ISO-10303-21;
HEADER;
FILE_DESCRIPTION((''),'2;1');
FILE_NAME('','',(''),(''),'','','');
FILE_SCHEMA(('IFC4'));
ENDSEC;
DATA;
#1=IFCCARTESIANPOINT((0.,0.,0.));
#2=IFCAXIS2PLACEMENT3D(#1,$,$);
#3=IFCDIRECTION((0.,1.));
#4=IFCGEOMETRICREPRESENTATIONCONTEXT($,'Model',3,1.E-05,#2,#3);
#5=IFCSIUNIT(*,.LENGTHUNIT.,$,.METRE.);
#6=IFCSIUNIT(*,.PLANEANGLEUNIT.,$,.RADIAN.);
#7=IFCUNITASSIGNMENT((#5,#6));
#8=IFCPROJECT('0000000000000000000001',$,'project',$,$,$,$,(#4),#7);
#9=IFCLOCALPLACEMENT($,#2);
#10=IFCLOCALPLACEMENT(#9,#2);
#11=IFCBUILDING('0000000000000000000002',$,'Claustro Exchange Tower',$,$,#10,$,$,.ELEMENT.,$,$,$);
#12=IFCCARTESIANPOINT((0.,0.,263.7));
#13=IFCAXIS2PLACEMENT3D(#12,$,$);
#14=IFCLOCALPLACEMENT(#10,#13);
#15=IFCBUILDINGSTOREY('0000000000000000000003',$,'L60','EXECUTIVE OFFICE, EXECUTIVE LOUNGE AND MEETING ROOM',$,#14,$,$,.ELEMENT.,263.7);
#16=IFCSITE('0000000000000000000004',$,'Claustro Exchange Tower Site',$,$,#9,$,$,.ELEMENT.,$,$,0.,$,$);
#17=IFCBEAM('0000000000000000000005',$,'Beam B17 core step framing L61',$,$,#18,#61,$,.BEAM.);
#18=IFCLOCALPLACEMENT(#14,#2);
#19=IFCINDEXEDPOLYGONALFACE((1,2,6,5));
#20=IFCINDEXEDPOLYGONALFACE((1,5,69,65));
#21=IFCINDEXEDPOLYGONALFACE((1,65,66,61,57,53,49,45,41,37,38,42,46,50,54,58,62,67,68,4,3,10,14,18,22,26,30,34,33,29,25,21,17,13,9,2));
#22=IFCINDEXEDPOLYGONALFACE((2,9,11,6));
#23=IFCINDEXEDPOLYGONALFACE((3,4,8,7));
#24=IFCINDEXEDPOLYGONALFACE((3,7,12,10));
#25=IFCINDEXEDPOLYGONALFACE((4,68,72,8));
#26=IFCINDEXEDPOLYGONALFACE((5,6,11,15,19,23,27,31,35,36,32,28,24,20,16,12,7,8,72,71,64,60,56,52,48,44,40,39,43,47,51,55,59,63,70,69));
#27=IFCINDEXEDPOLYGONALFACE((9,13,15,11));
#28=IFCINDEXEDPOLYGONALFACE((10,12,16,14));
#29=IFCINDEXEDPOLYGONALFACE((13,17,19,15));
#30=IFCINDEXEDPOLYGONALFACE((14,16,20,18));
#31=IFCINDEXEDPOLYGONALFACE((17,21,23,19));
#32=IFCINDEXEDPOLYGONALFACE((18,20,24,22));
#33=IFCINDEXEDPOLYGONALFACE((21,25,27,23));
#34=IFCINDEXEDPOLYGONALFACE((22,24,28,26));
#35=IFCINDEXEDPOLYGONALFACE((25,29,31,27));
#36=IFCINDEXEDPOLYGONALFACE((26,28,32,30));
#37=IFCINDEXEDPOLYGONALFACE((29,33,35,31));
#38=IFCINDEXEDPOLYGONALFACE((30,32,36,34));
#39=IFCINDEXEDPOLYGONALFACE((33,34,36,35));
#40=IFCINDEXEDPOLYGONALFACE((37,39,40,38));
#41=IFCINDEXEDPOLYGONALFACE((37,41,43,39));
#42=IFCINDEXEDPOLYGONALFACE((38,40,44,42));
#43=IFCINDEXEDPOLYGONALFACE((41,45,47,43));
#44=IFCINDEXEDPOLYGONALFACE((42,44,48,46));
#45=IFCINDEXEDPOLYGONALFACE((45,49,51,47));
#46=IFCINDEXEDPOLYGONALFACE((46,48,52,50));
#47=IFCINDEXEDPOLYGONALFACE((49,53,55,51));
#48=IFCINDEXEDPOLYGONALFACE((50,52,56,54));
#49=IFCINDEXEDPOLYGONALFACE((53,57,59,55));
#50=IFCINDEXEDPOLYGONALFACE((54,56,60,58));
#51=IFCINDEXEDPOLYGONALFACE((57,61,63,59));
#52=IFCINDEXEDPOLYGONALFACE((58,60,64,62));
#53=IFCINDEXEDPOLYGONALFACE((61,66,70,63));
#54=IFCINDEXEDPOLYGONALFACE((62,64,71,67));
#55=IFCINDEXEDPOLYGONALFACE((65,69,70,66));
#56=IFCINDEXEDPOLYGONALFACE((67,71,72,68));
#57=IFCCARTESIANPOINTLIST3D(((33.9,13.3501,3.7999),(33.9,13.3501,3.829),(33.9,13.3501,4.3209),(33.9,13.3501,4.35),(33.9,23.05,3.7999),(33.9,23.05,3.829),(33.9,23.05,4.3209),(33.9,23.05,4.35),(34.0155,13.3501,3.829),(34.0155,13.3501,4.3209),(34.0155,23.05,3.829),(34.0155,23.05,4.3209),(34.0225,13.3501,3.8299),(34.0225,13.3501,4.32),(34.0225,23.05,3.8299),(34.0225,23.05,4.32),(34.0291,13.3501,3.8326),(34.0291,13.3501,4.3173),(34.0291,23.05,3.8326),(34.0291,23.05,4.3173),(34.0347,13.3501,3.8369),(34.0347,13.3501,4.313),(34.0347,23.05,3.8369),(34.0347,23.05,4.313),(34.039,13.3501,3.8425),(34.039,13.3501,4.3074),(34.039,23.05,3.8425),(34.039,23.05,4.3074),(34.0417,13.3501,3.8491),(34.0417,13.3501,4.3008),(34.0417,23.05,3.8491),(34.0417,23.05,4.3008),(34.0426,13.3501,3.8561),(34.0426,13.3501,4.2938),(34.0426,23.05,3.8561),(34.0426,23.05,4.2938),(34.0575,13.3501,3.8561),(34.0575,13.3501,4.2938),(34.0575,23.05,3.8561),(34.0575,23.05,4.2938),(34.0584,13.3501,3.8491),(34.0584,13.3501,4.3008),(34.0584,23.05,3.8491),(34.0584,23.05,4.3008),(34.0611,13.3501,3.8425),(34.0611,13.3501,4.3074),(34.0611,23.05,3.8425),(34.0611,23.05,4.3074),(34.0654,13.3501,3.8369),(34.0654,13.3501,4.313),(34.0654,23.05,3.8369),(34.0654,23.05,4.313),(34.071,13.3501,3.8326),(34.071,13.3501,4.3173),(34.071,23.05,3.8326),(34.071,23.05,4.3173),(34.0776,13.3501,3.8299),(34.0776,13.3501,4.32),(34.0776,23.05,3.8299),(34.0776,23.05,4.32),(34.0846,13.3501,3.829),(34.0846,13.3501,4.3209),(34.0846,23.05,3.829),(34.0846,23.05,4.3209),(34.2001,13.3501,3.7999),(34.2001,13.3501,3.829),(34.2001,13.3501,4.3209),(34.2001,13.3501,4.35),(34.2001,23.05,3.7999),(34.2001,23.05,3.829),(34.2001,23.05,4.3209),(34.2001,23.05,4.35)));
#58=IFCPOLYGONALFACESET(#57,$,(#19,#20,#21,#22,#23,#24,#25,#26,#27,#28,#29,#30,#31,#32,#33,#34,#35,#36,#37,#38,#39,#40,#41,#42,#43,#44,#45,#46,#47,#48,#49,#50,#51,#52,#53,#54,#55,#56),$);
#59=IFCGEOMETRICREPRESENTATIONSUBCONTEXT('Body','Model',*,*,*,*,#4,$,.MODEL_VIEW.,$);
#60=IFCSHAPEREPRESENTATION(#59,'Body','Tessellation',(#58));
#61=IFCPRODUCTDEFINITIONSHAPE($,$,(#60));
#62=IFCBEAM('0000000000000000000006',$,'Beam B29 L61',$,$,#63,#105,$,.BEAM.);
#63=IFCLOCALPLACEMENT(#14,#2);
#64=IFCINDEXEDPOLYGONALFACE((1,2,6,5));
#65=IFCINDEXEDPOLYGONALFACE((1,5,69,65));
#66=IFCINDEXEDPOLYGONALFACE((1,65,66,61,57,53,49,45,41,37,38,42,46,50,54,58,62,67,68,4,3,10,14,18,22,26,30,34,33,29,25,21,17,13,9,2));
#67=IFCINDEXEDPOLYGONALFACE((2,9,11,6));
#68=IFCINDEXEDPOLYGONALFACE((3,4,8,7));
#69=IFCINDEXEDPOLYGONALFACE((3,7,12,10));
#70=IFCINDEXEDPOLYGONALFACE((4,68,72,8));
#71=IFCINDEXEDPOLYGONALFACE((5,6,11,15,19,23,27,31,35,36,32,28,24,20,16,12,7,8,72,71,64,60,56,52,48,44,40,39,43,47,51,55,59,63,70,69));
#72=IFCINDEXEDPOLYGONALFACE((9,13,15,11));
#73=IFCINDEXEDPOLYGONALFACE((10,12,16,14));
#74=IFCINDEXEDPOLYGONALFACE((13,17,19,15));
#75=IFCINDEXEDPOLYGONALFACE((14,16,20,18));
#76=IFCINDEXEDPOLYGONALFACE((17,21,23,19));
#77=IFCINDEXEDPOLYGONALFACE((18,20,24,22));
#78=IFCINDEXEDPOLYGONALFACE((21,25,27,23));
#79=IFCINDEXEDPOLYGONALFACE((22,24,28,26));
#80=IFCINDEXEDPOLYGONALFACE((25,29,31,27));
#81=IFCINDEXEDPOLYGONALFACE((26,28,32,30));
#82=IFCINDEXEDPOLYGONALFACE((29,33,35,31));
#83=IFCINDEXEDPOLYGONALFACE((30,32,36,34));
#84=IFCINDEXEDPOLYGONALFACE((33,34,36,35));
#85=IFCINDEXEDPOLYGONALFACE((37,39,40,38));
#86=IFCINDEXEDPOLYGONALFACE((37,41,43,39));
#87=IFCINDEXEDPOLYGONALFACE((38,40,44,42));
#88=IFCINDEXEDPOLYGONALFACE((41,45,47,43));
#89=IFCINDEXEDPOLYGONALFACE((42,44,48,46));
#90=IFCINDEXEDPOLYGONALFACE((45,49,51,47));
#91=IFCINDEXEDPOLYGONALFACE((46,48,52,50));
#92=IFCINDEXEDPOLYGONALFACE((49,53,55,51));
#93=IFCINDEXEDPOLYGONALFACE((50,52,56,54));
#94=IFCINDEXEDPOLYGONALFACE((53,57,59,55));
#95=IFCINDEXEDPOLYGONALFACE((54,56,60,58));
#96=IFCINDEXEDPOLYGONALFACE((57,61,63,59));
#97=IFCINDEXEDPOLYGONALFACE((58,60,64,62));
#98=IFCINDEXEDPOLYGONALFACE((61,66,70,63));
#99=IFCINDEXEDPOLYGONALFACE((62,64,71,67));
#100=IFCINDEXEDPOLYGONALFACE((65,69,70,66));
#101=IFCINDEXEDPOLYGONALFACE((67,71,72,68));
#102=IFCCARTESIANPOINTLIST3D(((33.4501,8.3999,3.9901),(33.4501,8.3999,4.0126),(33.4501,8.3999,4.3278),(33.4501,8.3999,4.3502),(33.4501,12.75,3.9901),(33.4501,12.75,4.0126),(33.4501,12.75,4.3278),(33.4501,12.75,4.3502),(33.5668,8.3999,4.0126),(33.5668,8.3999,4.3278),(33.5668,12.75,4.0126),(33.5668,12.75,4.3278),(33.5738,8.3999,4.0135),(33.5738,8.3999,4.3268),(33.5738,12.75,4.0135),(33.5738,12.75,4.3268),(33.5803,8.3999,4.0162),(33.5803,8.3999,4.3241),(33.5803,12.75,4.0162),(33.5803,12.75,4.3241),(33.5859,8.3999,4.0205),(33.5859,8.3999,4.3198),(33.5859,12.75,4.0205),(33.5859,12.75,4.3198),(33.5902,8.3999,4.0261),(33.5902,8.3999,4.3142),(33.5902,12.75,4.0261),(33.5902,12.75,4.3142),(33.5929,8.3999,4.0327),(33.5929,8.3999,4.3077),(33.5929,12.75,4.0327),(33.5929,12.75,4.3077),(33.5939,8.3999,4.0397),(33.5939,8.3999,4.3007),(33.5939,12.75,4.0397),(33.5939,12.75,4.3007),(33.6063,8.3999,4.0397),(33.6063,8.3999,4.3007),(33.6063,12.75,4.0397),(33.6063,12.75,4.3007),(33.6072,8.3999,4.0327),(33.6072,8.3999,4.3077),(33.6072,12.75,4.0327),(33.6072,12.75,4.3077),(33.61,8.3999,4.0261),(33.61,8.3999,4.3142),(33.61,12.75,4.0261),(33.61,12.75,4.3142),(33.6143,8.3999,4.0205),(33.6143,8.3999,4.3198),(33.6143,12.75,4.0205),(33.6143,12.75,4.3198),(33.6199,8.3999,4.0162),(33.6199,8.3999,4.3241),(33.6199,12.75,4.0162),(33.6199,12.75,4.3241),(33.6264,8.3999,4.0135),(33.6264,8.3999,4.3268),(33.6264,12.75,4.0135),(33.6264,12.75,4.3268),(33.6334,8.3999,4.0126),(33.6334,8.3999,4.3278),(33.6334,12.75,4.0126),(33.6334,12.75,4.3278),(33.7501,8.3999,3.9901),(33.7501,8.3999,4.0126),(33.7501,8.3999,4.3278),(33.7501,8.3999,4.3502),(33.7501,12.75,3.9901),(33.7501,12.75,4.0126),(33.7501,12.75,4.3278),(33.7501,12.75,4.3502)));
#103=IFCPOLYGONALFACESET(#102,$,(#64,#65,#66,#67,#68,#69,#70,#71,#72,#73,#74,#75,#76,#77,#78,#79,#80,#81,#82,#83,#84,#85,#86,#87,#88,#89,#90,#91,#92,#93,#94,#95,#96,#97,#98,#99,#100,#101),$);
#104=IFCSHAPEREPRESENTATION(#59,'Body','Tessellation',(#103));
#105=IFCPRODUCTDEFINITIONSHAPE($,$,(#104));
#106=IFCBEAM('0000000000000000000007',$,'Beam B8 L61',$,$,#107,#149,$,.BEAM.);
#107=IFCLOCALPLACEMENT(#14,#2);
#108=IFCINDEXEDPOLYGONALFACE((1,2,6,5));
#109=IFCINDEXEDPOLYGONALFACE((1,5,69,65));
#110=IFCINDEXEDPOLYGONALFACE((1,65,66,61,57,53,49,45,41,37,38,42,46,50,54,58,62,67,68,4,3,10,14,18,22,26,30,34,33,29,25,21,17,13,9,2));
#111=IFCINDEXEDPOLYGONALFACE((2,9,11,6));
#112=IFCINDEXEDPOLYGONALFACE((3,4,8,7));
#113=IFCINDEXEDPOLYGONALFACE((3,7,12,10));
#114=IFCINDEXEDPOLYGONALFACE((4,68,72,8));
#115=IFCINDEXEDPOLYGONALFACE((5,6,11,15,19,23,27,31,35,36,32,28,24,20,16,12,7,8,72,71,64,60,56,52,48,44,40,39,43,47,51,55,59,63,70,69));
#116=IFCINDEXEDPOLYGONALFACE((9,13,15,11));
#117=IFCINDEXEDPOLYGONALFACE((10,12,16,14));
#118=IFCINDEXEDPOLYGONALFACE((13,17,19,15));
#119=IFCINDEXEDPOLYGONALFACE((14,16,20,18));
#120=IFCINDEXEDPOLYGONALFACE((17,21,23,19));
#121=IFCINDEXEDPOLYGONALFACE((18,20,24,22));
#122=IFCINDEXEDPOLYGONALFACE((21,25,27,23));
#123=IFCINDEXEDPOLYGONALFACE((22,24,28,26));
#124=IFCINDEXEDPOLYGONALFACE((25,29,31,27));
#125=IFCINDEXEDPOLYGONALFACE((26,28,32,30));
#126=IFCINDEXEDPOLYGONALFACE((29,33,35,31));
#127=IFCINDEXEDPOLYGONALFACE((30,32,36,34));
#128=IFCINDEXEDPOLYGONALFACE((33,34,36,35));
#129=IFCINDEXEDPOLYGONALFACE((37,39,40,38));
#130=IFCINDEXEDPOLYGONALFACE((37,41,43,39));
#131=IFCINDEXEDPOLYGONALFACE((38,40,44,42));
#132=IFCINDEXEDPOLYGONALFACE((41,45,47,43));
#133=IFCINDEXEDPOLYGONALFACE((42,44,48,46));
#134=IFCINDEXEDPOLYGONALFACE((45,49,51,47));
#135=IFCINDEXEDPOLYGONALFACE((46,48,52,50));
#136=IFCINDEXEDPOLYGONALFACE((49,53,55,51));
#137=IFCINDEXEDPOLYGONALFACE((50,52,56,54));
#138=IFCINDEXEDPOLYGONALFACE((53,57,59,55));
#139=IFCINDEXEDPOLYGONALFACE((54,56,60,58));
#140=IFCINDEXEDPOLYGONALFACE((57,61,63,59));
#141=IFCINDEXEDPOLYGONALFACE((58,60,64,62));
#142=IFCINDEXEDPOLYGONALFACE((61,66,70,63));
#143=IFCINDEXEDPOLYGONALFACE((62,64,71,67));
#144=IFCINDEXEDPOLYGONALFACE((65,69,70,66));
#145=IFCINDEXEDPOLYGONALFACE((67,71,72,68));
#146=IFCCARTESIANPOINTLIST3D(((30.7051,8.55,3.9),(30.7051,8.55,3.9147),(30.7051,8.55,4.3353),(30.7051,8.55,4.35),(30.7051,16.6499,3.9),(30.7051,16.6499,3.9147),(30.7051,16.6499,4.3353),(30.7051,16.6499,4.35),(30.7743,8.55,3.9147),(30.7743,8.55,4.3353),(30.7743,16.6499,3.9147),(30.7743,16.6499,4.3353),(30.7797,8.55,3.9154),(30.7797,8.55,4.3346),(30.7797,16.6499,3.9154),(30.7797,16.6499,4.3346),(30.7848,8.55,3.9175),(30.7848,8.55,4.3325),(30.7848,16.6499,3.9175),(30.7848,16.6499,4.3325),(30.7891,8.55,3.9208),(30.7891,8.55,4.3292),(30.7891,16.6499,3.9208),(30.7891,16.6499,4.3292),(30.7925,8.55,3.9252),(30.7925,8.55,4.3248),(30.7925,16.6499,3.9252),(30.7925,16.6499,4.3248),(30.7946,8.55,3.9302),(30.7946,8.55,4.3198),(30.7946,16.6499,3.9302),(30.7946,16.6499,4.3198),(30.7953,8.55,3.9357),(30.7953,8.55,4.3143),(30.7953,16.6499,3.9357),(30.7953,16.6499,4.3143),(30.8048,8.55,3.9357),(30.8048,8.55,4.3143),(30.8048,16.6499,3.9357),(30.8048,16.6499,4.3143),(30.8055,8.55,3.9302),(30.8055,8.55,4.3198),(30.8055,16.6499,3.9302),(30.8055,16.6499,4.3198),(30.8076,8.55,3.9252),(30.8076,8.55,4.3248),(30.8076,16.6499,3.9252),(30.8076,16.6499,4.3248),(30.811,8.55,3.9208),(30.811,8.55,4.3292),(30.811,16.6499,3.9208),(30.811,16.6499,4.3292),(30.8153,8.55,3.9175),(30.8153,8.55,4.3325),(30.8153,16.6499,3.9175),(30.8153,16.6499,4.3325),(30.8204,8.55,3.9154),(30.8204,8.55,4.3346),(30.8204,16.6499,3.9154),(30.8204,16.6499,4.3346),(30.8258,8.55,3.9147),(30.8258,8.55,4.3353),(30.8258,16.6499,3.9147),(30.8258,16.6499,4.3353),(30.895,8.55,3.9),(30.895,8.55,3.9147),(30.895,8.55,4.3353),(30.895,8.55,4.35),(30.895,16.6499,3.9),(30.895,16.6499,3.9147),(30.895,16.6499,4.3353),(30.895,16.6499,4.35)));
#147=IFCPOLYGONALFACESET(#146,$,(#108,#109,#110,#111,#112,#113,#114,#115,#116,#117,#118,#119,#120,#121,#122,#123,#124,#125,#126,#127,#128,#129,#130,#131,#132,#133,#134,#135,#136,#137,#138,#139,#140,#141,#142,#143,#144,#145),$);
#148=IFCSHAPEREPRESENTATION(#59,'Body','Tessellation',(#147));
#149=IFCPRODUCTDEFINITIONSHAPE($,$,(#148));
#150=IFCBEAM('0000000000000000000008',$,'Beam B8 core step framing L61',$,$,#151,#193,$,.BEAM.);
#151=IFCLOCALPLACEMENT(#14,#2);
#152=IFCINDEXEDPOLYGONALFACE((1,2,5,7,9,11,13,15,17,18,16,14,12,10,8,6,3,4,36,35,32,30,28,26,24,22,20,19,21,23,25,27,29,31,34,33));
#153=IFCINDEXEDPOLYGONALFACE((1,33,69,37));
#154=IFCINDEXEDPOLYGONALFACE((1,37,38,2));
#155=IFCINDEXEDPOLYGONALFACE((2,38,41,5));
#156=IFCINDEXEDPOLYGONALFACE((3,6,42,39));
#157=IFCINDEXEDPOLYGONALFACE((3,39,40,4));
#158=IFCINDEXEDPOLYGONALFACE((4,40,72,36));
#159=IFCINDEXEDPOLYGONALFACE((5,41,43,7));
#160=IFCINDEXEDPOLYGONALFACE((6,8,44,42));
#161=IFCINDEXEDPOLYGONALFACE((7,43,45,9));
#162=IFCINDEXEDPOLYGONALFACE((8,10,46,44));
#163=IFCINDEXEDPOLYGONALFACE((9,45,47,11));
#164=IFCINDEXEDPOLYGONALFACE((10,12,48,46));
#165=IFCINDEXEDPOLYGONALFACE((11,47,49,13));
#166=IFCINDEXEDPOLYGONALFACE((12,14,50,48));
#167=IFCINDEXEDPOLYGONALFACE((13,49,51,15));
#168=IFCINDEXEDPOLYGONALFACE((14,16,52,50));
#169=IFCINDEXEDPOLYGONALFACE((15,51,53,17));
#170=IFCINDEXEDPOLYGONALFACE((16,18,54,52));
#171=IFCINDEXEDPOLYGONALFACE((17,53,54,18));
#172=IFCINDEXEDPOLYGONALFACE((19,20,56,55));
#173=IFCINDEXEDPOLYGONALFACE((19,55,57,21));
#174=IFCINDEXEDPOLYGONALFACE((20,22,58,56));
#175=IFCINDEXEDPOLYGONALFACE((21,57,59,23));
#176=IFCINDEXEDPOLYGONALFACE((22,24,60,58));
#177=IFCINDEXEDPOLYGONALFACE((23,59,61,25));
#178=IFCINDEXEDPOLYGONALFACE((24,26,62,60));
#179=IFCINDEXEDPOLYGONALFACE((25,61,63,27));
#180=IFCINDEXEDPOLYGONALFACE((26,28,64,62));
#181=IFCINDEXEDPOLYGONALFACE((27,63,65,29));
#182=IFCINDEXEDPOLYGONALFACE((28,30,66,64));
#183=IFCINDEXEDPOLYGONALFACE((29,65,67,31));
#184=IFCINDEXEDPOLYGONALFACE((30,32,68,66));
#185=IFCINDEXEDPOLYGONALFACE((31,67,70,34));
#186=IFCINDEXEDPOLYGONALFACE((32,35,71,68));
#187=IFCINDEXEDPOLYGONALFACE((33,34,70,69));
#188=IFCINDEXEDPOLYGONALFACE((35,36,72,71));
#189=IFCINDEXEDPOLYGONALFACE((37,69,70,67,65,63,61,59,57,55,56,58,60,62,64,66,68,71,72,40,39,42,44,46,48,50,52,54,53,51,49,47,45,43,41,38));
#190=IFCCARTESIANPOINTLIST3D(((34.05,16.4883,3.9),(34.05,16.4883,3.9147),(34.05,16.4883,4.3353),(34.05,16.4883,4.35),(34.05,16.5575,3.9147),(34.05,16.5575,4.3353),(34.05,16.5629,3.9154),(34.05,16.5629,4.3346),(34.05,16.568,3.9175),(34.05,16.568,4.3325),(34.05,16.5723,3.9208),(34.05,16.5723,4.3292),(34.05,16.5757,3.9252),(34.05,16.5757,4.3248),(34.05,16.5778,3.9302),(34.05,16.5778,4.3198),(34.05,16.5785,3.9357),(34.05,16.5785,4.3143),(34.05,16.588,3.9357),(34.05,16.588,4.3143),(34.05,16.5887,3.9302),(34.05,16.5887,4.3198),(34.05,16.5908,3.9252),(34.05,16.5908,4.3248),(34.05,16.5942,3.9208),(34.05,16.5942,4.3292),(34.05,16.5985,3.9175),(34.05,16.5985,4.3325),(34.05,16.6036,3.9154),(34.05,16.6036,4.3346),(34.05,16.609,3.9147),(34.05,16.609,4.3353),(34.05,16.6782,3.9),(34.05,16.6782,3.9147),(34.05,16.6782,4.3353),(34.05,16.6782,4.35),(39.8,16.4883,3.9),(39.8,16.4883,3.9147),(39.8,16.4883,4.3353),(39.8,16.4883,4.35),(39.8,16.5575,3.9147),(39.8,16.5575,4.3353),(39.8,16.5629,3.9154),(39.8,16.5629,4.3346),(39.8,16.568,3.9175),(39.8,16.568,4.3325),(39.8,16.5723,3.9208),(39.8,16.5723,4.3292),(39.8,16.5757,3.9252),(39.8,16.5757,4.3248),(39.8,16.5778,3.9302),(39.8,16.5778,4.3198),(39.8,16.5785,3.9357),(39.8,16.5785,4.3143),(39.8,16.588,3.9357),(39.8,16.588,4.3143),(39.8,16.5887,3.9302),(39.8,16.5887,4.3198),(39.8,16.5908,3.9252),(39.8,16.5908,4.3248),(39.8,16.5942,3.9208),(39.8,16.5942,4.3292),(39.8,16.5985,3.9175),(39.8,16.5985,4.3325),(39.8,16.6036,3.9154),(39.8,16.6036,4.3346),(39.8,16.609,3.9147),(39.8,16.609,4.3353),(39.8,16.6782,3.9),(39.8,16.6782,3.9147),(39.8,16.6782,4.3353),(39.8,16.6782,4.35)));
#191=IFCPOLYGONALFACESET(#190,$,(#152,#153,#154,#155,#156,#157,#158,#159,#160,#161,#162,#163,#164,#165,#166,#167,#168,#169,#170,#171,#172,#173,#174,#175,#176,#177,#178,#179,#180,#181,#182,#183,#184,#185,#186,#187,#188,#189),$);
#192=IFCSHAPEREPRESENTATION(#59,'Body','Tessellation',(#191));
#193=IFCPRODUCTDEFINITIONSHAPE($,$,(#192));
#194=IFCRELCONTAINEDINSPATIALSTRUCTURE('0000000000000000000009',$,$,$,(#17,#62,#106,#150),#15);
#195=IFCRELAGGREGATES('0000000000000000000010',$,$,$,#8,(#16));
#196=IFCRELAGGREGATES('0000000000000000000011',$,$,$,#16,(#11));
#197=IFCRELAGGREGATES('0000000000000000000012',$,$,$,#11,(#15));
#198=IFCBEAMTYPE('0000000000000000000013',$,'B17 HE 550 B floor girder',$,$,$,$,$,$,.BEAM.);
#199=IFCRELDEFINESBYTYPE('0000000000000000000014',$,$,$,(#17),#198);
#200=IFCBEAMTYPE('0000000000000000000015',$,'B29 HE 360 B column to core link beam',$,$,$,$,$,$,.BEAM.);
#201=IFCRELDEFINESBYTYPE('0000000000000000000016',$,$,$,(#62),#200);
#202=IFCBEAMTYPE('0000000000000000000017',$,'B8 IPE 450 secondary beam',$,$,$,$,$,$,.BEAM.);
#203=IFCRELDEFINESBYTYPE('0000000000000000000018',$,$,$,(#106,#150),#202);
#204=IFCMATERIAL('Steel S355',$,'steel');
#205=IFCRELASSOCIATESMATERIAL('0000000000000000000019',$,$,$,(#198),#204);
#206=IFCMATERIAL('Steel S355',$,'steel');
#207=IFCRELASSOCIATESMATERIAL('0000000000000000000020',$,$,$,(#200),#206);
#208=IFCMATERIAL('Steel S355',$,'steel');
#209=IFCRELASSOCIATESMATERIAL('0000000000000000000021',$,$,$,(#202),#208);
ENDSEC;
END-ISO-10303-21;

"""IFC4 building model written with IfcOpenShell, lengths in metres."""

from ifc_helpers import new_model, si_unit, direction, frame, origin, origin_2d, place, context, subcontext, project, spatial, i_section, extrude, material, material_profile, profile_set, type_object, element, save


model = new_model("IFC4")

# Units and contexts
model_context = context("Model", 3, precision=1e-05, world=origin(), true_north=direction((0.0, 1.0)))
body_context = subcontext(model_context, "Body", "Model", "MODEL_VIEW")
ifc_project = project(units=[si_unit("LENGTHUNIT", "METRE"), si_unit("PLANEANGLEUNIT", "RADIAN")], contexts=[model_context])

# Site, building, storey
site_placement = place(None, origin())
site = spatial("IfcSite", under=ifc_project, at=site_placement, Name="Claustro Exchange Tower Site", CompositionType="ELEMENT", RefElevation=0.0)
building_placement = place(site_placement, origin())
building = spatial("IfcBuilding", under=site, at=building_placement, Name="Claustro Exchange Tower", CompositionType="ELEMENT")
storey_placement = place(building_placement, frame((0.0, 0.0, 263.7)))
storey = spatial("IfcBuildingStorey", under=building, at=storey_placement, Name="L60", Description="EXECUTIVE OFFICE, EXECUTIVE LOUNGE AND MEETING ROOM", CompositionType="ELEMENT", Elevation=263.7)

# Beams
ifc_material_1 = material(Name="Steel S355", Category="steel")
ifc_material_profile_1 = material_profile(ifc_material_1, i_section(OverallWidth=0.3, OverallDepth=0.55, WebThickness=0.0149, FlangeThickness=0.0291, FilletRadius=0.0271, at=origin_2d()), Name="HE 550 B")
ifc_profile_set_1 = profile_set([ifc_material_profile_1], Name="Steel S355")
beam_type_1 = type_object("IfcBeamType", Name="B17 HE 550 B floor girder", PredefinedType="BEAM", material=ifc_profile_set_1)
beam_1_placement = place(storey_placement, frame((34.05, 13.3501, 4.075), z_axis=(0.0, 1.0, 0.0), x_axis=(-1.0, 0.0, 0.0)))
element("IfcBeam", 1, at=beam_1_placement, inside=storey, type_object=beam_type_1, Name="Beam B17 core step framing L61", PredefinedType="BEAM", context=body_context, shape_type="SweptSolid", body=[
    extrude(i_section(OverallWidth=0.3, OverallDepth=0.55, WebThickness=0.0149, FlangeThickness=0.0291, FilletRadius=0.0271, at=origin_2d()), origin(), (0.0, 0.0, 1.0), 9.7),
])
ifc_material_2 = material(Name="Steel S355", Category="steel")
ifc_material_profile_2 = material_profile(ifc_material_2, i_section(OverallWidth=0.3, OverallDepth=0.3601, WebThickness=0.0125, FlangeThickness=0.0225, FilletRadius=0.0271, at=origin_2d()), Name="HE 360 B")
ifc_profile_set_2 = profile_set([ifc_material_profile_2], Name="Steel S355")
beam_type_2 = type_object("IfcBeamType", Name="B29 HE 360 B column to core link beam", PredefinedType="BEAM", material=ifc_profile_set_2)
beam_2_placement = place(storey_placement, frame((33.6001, 8.3999, 4.1702), z_axis=(0.0, 1.0, 0.0), x_axis=(-1.0, 0.0, 0.0)))
element("IfcBeam", 2, at=beam_2_placement, inside=storey, type_object=beam_type_2, Name="Beam B29 L61", PredefinedType="BEAM", context=body_context, shape_type="SweptSolid", body=[
    extrude(i_section(OverallWidth=0.3, OverallDepth=0.3601, WebThickness=0.0125, FlangeThickness=0.0225, FilletRadius=0.0271, at=origin_2d()), origin(), (0.0, 0.0, 1.0), 4.3501),
])
ifc_material_3 = material(Name="Steel S355", Category="steel")
ifc_material_profile_3 = material_profile(ifc_material_3, i_section(OverallWidth=0.1899, OverallDepth=0.45, WebThickness=0.0095, FlangeThickness=0.0146, FilletRadius=0.021, at=origin_2d()), Name="IPE 450")
ifc_profile_set_3 = profile_set([ifc_material_profile_3], Name="Steel S355")
beam_type_3 = type_object("IfcBeamType", Name="B8 IPE 450 secondary beam", PredefinedType="BEAM", material=ifc_profile_set_3)
beam_3_placement = place(storey_placement, frame((30.8, 8.55, 4.125), z_axis=(0.0, 1.0, 0.0), x_axis=(-1.0, 0.0, 0.0)))
element("IfcBeam", 3, at=beam_3_placement, inside=storey, type_object=beam_type_3, Name="Beam B8 L61", PredefinedType="BEAM", context=body_context, shape_type="SweptSolid", body=[
    extrude(i_section(OverallWidth=0.1899, OverallDepth=0.45, WebThickness=0.0095, FlangeThickness=0.0146, FilletRadius=0.021, at=origin_2d()), origin(), (0.0, 0.0, 1.0), 8.0999),
])
for number, where, z_axis, x_axis, name in (
    (4, (34.05, 16.5833, 4.125), (1.0, 0.0, 0.0), (0.0, 1.0, 0.0), "Beam B8 core step framing L61"),
):
    element("IfcBeam", number, at=place(storey_placement, frame(where, z_axis=z_axis, x_axis=x_axis)), inside=storey, type_object=beam_type_3, Name=name, PredefinedType="BEAM", context=body_context, shape_type="SweptSolid", body=[
        extrude(i_section(OverallWidth=0.1899, OverallDepth=0.45, WebThickness=0.0095, FlangeThickness=0.0146, FilletRadius=0.021, at=origin_2d()), origin(), (0.0, 0.0, 1.0), 5.75),
    ])

save(model, "model.ifc")
